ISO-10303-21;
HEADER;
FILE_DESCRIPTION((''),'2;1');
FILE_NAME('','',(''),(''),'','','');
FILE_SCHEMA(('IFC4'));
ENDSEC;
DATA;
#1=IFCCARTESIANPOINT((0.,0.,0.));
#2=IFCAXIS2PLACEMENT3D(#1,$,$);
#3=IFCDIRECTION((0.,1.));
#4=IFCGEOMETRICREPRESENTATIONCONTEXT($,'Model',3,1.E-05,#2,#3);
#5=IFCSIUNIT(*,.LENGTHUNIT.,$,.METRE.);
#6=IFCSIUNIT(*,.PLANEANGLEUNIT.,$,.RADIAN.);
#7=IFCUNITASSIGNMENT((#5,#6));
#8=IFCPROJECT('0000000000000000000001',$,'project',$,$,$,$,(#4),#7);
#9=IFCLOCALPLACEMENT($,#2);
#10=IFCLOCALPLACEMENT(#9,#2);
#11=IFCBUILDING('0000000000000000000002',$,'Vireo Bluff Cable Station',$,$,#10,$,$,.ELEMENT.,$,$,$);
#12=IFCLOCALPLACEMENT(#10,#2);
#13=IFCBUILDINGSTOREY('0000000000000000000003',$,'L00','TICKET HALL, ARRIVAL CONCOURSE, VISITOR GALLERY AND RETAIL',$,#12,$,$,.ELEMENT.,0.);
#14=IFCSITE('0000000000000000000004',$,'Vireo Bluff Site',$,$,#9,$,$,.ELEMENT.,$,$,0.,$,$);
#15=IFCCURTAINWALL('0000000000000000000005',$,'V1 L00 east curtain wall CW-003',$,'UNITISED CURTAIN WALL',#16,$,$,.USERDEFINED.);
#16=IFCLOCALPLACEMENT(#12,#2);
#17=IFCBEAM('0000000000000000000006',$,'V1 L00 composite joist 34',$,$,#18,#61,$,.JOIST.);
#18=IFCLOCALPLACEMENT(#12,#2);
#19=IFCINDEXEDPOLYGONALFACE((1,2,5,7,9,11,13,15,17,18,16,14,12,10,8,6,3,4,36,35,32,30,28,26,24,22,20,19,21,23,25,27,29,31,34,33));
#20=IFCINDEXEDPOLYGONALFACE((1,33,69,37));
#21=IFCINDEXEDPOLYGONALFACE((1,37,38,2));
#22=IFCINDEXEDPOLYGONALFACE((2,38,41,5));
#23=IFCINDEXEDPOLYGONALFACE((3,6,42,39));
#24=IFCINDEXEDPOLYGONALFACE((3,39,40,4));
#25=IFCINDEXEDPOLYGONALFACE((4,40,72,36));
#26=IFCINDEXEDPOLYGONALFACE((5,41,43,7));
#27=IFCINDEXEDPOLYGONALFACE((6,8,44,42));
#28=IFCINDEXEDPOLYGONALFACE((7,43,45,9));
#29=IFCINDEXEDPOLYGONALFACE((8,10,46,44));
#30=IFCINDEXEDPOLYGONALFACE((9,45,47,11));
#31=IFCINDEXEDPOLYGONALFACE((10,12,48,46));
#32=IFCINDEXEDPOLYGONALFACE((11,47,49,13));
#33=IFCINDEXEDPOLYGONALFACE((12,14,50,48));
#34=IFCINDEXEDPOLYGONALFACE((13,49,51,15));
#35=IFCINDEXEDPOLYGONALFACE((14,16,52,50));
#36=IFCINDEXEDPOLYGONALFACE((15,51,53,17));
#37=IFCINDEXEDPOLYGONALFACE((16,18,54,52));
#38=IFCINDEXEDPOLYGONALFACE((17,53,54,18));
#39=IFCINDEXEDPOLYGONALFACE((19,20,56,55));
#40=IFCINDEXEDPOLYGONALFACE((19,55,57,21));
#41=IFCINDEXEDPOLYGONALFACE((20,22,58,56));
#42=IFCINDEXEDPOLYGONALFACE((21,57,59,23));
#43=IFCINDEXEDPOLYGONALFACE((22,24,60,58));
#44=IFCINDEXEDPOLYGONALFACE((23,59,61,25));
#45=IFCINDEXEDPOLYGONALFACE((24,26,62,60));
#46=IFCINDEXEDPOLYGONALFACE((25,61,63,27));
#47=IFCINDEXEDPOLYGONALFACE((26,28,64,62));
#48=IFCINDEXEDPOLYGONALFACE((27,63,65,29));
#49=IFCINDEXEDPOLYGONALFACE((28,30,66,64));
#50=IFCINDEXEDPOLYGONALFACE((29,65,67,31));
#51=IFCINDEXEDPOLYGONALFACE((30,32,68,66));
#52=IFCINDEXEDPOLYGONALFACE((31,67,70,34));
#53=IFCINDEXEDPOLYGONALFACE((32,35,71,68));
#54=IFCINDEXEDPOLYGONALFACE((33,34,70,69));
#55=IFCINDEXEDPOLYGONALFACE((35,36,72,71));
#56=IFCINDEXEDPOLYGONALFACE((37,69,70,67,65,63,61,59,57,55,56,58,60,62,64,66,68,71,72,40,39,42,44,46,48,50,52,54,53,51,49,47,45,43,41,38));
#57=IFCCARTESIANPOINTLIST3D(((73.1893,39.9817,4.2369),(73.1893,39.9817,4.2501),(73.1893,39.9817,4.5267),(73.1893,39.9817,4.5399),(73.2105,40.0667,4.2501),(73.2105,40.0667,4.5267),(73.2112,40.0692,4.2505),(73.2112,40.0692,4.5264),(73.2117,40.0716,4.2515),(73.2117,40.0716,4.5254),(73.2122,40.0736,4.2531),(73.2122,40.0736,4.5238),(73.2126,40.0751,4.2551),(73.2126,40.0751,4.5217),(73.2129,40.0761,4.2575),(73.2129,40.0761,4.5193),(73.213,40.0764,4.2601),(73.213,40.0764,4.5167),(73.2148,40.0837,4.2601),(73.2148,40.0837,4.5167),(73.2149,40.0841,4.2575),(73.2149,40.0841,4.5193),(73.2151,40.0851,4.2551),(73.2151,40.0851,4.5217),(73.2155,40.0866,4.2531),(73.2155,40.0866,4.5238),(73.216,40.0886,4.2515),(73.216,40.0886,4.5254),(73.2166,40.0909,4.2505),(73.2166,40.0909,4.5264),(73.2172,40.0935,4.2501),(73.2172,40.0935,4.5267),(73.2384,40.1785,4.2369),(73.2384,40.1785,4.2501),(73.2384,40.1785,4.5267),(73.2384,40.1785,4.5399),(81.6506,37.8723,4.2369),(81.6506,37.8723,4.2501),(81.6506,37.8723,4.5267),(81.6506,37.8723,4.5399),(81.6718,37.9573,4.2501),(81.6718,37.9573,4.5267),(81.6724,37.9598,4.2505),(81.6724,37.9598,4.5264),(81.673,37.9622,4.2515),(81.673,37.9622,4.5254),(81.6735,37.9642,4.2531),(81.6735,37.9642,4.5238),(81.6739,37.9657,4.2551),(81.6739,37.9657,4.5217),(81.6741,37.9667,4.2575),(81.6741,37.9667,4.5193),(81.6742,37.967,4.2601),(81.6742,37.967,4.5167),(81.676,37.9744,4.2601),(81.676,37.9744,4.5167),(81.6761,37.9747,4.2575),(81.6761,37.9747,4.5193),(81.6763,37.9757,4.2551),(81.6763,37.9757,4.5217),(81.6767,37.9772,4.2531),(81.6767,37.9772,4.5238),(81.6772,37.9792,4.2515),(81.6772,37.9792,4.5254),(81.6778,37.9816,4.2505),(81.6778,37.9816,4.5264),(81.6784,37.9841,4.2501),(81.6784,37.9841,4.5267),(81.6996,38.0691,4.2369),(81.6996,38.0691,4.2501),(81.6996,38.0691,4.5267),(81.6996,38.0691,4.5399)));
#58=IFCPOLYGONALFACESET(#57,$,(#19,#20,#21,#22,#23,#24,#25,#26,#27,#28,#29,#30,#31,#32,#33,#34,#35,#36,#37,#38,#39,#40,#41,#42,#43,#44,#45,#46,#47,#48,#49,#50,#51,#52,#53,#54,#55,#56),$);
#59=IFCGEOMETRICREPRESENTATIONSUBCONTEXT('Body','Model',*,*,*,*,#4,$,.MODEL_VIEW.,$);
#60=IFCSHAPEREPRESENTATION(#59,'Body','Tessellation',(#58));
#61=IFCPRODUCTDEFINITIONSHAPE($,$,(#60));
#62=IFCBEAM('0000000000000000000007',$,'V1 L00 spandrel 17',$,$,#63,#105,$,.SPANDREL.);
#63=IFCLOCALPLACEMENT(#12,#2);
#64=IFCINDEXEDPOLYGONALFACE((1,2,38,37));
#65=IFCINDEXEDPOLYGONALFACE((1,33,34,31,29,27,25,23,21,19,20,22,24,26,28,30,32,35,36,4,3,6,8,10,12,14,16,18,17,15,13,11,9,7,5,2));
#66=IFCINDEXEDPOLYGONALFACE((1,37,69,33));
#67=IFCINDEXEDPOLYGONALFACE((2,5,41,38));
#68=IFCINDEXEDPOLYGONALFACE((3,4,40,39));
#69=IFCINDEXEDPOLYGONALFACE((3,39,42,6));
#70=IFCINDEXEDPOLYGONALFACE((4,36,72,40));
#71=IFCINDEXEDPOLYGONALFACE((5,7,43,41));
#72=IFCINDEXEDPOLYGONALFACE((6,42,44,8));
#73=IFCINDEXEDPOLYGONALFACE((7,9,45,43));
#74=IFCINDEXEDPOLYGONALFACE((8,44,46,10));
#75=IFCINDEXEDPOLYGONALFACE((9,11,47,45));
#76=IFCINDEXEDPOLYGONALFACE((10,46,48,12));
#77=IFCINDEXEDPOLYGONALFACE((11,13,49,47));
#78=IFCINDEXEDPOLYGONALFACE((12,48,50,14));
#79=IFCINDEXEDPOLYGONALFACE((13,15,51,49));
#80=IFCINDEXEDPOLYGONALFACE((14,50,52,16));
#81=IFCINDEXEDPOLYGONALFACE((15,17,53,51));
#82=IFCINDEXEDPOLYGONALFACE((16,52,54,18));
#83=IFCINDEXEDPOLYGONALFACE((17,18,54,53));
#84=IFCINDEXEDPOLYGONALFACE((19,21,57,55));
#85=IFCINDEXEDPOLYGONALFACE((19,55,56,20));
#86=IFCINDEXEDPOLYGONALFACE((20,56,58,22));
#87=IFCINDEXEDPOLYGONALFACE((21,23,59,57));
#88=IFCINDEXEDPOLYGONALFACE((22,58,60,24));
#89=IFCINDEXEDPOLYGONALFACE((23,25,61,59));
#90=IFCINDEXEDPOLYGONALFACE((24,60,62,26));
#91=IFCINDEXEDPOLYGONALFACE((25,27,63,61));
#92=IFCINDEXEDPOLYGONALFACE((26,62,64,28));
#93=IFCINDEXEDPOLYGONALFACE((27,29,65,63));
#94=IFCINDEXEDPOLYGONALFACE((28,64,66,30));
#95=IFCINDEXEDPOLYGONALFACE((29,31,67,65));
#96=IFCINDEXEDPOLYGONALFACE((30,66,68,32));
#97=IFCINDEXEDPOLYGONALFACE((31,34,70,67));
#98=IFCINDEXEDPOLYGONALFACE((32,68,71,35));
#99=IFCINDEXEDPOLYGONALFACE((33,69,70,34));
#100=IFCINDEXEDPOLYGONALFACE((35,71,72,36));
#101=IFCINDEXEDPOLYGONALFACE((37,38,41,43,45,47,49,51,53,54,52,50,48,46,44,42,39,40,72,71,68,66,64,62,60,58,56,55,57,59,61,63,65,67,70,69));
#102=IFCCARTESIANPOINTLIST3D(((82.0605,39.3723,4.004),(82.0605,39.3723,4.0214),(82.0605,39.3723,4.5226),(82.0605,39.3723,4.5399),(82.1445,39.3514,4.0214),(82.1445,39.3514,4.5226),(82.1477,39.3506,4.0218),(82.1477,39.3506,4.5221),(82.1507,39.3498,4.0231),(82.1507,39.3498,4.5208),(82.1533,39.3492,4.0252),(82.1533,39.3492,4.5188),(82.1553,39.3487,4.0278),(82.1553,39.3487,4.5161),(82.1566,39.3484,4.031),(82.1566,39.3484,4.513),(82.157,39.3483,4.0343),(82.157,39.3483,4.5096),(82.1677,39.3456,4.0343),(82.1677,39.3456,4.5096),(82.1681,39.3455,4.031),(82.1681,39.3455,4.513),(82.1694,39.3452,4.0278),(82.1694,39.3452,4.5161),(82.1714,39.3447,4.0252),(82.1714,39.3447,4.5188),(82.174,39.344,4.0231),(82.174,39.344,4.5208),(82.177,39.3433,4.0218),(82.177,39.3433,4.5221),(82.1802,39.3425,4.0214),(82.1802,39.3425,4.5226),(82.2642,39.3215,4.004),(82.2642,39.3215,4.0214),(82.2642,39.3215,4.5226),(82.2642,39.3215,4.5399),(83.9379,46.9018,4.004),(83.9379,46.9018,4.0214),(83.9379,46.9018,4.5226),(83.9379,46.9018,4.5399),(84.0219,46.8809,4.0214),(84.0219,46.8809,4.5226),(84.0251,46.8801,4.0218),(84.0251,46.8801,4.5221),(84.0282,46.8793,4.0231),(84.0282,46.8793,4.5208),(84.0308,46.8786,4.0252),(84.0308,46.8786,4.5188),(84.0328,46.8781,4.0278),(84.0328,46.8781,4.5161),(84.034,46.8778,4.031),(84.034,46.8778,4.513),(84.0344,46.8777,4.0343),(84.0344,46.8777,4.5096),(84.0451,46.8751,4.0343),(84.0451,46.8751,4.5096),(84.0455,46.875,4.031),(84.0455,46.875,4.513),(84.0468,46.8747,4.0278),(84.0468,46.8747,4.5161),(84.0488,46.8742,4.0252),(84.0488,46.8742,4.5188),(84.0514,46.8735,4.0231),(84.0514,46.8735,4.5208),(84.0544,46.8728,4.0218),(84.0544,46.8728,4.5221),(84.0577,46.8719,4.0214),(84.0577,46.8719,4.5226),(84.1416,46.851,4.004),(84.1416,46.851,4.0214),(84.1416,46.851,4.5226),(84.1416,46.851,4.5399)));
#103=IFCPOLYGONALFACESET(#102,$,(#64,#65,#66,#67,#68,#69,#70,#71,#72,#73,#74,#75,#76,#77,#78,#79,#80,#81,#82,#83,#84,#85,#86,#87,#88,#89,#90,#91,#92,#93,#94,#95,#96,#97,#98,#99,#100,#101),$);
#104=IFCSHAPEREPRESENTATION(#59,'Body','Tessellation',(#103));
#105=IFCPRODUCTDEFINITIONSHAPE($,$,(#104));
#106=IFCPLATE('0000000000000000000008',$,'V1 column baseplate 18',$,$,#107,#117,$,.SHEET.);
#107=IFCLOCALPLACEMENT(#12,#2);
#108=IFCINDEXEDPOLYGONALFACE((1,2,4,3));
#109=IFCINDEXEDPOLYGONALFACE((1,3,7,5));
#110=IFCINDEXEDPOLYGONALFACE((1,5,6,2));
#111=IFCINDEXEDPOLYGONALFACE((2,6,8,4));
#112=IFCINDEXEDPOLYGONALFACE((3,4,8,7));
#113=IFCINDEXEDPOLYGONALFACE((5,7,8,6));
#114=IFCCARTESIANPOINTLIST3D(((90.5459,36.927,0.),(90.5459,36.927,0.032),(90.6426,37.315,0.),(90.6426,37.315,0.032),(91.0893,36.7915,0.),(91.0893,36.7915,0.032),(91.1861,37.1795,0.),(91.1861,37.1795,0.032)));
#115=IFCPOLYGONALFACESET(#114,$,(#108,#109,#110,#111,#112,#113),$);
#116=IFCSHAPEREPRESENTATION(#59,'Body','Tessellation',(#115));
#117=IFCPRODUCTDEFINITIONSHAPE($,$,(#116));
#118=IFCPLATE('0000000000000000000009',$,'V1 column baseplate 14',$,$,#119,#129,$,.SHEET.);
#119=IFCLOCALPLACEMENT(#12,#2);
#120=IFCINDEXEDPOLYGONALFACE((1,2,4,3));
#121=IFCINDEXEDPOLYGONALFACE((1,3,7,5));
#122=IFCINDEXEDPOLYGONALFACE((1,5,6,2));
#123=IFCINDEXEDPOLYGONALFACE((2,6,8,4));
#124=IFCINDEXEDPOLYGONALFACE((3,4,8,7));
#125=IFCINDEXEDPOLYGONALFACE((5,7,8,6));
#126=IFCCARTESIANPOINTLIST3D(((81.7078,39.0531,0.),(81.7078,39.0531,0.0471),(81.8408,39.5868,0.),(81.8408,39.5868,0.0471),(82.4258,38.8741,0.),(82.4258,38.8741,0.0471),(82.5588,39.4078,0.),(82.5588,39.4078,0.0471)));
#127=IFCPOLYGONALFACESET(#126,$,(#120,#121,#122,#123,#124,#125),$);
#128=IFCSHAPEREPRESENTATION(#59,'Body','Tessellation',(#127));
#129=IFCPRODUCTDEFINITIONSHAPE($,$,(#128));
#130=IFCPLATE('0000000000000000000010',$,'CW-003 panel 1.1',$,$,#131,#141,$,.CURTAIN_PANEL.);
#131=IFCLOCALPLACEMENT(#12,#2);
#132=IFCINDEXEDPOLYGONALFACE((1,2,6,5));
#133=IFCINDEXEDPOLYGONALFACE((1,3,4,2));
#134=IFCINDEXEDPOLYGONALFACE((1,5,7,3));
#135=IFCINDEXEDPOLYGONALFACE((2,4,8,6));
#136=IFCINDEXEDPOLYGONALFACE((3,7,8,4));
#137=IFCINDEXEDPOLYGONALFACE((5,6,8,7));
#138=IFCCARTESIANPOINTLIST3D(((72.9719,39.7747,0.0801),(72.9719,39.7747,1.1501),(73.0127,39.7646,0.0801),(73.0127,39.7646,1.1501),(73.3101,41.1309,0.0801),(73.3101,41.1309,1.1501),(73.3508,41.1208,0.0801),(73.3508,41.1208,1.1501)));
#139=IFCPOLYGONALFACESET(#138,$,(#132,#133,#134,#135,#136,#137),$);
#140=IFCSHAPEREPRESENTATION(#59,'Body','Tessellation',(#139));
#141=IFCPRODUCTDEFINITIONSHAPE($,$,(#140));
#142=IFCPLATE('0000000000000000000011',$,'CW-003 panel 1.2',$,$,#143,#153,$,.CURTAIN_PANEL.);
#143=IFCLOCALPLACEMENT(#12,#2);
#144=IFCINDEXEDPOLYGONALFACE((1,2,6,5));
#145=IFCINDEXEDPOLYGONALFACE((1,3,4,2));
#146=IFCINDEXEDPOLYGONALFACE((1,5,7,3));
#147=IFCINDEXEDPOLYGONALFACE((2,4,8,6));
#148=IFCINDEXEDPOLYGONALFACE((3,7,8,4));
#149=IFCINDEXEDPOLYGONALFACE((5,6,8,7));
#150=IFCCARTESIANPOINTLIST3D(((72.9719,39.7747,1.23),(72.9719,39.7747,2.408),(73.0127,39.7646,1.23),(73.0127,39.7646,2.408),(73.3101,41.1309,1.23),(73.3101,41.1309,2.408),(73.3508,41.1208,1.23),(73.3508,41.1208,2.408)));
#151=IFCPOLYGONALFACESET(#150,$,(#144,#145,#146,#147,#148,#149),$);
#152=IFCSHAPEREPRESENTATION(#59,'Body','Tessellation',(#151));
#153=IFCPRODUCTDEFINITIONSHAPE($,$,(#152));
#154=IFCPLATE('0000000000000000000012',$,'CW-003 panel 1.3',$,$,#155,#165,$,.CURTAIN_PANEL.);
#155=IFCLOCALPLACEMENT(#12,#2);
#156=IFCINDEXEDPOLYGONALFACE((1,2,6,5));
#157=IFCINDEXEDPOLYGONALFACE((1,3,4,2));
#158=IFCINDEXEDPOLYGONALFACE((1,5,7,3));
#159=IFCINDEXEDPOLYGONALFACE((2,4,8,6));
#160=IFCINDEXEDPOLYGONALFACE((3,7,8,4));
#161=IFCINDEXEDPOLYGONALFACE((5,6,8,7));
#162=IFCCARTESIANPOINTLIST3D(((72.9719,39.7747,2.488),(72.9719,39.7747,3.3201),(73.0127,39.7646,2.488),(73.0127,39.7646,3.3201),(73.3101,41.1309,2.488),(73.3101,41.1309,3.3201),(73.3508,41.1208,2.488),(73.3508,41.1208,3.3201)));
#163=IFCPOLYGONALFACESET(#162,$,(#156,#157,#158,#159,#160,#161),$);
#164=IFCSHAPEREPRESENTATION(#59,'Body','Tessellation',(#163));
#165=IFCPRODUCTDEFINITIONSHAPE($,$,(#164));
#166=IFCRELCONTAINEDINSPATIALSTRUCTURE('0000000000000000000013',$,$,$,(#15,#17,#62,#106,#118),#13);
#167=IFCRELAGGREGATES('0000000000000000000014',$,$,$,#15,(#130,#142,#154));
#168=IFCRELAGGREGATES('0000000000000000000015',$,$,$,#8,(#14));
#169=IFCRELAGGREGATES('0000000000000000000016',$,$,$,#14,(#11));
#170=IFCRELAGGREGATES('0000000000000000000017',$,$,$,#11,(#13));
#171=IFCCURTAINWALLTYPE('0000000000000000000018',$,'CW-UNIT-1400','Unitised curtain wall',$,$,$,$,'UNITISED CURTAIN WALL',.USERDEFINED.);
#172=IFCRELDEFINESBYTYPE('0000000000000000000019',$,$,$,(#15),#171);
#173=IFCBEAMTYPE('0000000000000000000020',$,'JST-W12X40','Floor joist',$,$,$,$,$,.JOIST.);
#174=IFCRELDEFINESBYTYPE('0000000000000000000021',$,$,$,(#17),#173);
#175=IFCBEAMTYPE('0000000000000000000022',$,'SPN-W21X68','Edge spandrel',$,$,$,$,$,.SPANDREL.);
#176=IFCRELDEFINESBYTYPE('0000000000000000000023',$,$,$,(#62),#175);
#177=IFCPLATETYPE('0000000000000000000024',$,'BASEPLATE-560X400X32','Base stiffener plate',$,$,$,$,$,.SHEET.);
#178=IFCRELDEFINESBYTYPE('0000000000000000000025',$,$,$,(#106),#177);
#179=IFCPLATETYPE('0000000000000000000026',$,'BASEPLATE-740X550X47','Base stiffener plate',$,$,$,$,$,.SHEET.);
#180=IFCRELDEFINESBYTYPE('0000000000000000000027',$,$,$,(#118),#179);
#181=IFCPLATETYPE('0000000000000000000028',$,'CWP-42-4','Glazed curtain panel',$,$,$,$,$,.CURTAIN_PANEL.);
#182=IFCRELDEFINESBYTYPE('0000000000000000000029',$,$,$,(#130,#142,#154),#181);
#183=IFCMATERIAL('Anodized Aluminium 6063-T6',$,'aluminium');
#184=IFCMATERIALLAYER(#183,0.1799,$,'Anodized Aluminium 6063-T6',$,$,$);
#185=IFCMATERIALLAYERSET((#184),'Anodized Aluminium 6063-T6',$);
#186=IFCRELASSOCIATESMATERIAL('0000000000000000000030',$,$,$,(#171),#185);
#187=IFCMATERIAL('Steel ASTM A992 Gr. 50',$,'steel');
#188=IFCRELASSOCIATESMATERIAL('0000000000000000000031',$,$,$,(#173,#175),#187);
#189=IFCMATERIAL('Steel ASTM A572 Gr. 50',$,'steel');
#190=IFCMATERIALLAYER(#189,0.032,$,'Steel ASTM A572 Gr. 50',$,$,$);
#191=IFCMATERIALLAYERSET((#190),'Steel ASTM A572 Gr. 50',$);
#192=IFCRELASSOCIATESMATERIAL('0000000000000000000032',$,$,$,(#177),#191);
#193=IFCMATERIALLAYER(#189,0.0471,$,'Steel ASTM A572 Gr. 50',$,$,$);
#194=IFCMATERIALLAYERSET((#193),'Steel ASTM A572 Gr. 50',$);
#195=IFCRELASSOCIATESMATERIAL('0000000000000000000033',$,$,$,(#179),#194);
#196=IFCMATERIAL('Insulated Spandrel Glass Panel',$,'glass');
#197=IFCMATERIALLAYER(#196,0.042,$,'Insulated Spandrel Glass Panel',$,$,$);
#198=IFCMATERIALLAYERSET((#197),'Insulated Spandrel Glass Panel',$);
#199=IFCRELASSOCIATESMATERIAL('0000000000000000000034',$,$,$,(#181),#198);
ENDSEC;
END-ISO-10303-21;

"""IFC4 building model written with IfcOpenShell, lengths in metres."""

from ifc_helpers import new_model, si_unit, direction, frame, origin, origin_2d, place, context, subcontext, project, spatial, rectangle, i_section, extrude, material, layer, layer_set, material_profile, profile_set, type_object, element, aggregate, save


model = new_model("IFC4")

# Units and contexts
model_context = context("Model", 3, precision=1e-05, world=origin(), true_north=direction((0.0, 1.0)))
body_context = subcontext(model_context, "Body", "Model", "MODEL_VIEW")
ifc_project = project(units=[si_unit("LENGTHUNIT", "METRE"), si_unit("PLANEANGLEUNIT", "RADIAN")], contexts=[model_context])

# Site, building, storey
site_placement = place(None, origin())
site = spatial("IfcSite", under=ifc_project, at=site_placement, Name="Vireo Bluff Site", CompositionType="ELEMENT", RefElevation=0.0)
building_placement = place(site_placement, origin())
building = spatial("IfcBuilding", under=site, at=building_placement, Name="Vireo Bluff Cable Station", CompositionType="ELEMENT")
storey_placement = place(building_placement, origin())
storey = spatial("IfcBuildingStorey", under=building, at=storey_placement, Name="L00", Description="TICKET HALL, ARRIVAL CONCOURSE, VISITOR GALLERY AND RETAIL", CompositionType="ELEMENT", Elevation=0.0)

# Shared definitions
ifc_material_1 = material(Name="Steel ASTM A992 Gr. 50", Category="steel")

# Curtain wall
ifc_material_2 = material(Name="Anodized Aluminium 6063-T6", Category="aluminium")
ifc_layer_1 = layer(ifc_material_2, 0.1799, Name="Anodized Aluminium 6063-T6")
ifc_layer_set_1 = layer_set([ifc_layer_1], Name="Anodized Aluminium 6063-T6")
curtain_wall_type = type_object("IfcCurtainWallType", Name="CW-UNIT-1400", Description="Unitised curtain wall", ElementType="UNITISED CURTAIN WALL", PredefinedType="USERDEFINED", material=ifc_layer_set_1)
curtain_wall_placement = place(storey_placement, origin())
curtain_wall = element("IfcCurtainWall", 1, at=curtain_wall_placement, inside=storey, type_object=curtain_wall_type, Name="V1 L00 east curtain wall CW-003", ObjectType="UNITISED CURTAIN WALL", PredefinedType="USERDEFINED")

# Beams
ifc_material_profile_1 = material_profile(ifc_material_1, i_section(OverallWidth=0.2029, OverallDepth=0.303, WebThickness=0.0076, FlangeThickness=0.0132, FilletRadius=0.01, at=origin_2d()), Name="W12X40")
ifc_profile_set_1 = profile_set([ifc_material_profile_1], Name="Steel ASTM A992 Gr. 50")
beam_type_1 = type_object("IfcBeamType", Name="JST-W12X40", Description="Floor joist", PredefinedType="JOIST", material=ifc_profile_set_1)
beam_1_placement = place(storey_placement, frame((73.2139, 40.0801, 4.3884), z_axis=(0.970302, -0.241897, 0.0), x_axis=(0.241897, 0.970302, 0.0)))
element("IfcBeam", 2, at=beam_1_placement, inside=storey, type_object=beam_type_1, Name="V1 L00 composite joist 34", PredefinedType="JOIST", context=body_context, shape_type="SweptSolid", body=[
    extrude(i_section(OverallWidth=0.2029, OverallDepth=0.303, WebThickness=0.0076, FlangeThickness=0.0132, FilletRadius=0.01, at=origin_2d()), origin(), (0.0, 0.0, 1.0), 8.7202),
])
ifc_material_profile_2 = material_profile(ifc_material_1, i_section(OverallWidth=0.21, OverallDepth=0.5359, WebThickness=0.011, FlangeThickness=0.0173, FilletRadius=0.0129, at=origin_2d()), Name="W21X68")
ifc_profile_set_2 = profile_set([ifc_material_profile_2], Name="Steel ASTM A992 Gr. 50")
beam_type_2 = type_object("IfcBeamType", Name="SPN-W21X68", Description="Edge spandrel", PredefinedType="SPANDREL", material=ifc_profile_set_2)
beam_2_placement = place(storey_placement, frame((82.1624, 39.3469, 4.272), z_axis=(0.241936, 0.970292, 0.0), x_axis=(-0.970292, 0.241936, 0.0)))
element("IfcBeam", 3, at=beam_2_placement, inside=storey, type_object=beam_type_2, Name="V1 L00 spandrel 17", PredefinedType="SPANDREL", context=body_context, shape_type="SweptSolid", body=[
    extrude(i_section(OverallWidth=0.21, OverallDepth=0.5359, WebThickness=0.011, FlangeThickness=0.0173, FilletRadius=0.0129, at=origin_2d()), origin(), (0.0, 0.0, 1.0), 7.76),
])

# Plates
ifc_material_3 = material(Name="Steel ASTM A572 Gr. 50", Category="steel")
ifc_layer_2 = layer(ifc_material_3, 0.032, Name="Steel ASTM A572 Gr. 50")
ifc_layer_set_2 = layer_set([ifc_layer_2], Name="Steel ASTM A572 Gr. 50")
plate_type_1 = type_object("IfcPlateType", Name="BASEPLATE-560X400X32", Description="Base stiffener plate", PredefinedType="SHEET", material=ifc_layer_set_2)
plate_1_placement = place(storey_placement, frame((90.866, 37.0532, 0.0), z_axis=(0.0, 0.0, 1.0), x_axis=(0.970296, -0.241922, 0.0)))
element("IfcPlate", 4, at=plate_1_placement, inside=storey, type_object=plate_type_1, Name="V1 column baseplate 18", PredefinedType="SHEET", context=body_context, shape_type="SweptSolid", body=[
    extrude(rectangle(XDim=0.5601, YDim=0.3999, at=origin_2d()), origin(), (0.0, 0.0, 1.0), 0.032),
])
ifc_layer_3 = layer(ifc_material_3, 0.0471, Name="Steel ASTM A572 Gr. 50")
ifc_layer_set_3 = layer_set([ifc_layer_3], Name="Steel ASTM A572 Gr. 50")
plate_type_2 = type_object("IfcPlateType", Name="BASEPLATE-740X550X47", Description="Base stiffener plate", PredefinedType="SHEET", material=ifc_layer_set_3)
plate_2_placement = place(storey_placement, frame((82.1333, 39.2305, 0.0), z_axis=(0.0, 0.0, 1.0), x_axis=(0.970296, -0.241922, 0.0)))
element("IfcPlate", 5, at=plate_2_placement, inside=storey, type_object=plate_type_2, Name="V1 column baseplate 14", PredefinedType="SHEET", context=body_context, shape_type="SweptSolid", body=[
    extrude(rectangle(XDim=0.74, YDim=0.55, at=origin_2d()), origin(), (0.0, 0.0, 1.0), 0.0471),
])

# Plates
ifc_material_4 = material(Name="Insulated Spandrel Glass Panel", Category="glass")
ifc_layer_4 = layer(ifc_material_4, 0.042, Name="Insulated Spandrel Glass Panel")
ifc_layer_set_4 = layer_set([ifc_layer_4], Name="Insulated Spandrel Glass Panel")
plate_type_3 = type_object("IfcPlateType", Name="CWP-42-4", Description="Glazed curtain panel", PredefinedType="CURTAIN_PANEL", material=ifc_layer_set_4)
plate_3_placement = place(storey_placement, frame((73.1614, 40.4478, 0.0801), z_axis=(0.0, 0.0, 1.0), x_axis=(-0.241922, -0.970296, 0.0)))
plate_3 = element("IfcPlate", 6, at=plate_3_placement, type_object=plate_type_3, Name="CW-003 panel 1.1", PredefinedType="CURTAIN_PANEL", context=body_context, shape_type="SweptSolid", body=[
    extrude(rectangle(XDim=1.3977, YDim=0.042, at=origin_2d()), origin(), (0.0, 0.0, 1.0), 1.0701),
])
plate_4_placement = place(storey_placement, frame((73.1614, 40.4478, 1.23), z_axis=(0.0, 0.0, 1.0), x_axis=(-0.241922, -0.970296, 0.0)))
plate_4 = element("IfcPlate", 7, at=plate_4_placement, type_object=plate_type_3, Name="CW-003 panel 1.2", PredefinedType="CURTAIN_PANEL", context=body_context, shape_type="SweptSolid", body=[
    extrude(rectangle(XDim=1.3977, YDim=0.042, at=origin_2d()), origin(), (0.0, 0.0, 1.0), 1.178),
])
plate_5_placement = place(storey_placement, frame((73.1614, 40.4478, 2.488), z_axis=(0.0, 0.0, 1.0), x_axis=(-0.241922, -0.970296, 0.0)))
plate_5 = element("IfcPlate", 8, at=plate_5_placement, type_object=plate_type_3, Name="CW-003 panel 1.3", PredefinedType="CURTAIN_PANEL", context=body_context, shape_type="SweptSolid", body=[
    extrude(rectangle(XDim=1.3977, YDim=0.042, at=origin_2d()), origin(), (0.0, 0.0, 1.0), 0.832),
])
aggregate(curtain_wall, [plate_3, plate_4, plate_5])

save(model, "model.ifc")
